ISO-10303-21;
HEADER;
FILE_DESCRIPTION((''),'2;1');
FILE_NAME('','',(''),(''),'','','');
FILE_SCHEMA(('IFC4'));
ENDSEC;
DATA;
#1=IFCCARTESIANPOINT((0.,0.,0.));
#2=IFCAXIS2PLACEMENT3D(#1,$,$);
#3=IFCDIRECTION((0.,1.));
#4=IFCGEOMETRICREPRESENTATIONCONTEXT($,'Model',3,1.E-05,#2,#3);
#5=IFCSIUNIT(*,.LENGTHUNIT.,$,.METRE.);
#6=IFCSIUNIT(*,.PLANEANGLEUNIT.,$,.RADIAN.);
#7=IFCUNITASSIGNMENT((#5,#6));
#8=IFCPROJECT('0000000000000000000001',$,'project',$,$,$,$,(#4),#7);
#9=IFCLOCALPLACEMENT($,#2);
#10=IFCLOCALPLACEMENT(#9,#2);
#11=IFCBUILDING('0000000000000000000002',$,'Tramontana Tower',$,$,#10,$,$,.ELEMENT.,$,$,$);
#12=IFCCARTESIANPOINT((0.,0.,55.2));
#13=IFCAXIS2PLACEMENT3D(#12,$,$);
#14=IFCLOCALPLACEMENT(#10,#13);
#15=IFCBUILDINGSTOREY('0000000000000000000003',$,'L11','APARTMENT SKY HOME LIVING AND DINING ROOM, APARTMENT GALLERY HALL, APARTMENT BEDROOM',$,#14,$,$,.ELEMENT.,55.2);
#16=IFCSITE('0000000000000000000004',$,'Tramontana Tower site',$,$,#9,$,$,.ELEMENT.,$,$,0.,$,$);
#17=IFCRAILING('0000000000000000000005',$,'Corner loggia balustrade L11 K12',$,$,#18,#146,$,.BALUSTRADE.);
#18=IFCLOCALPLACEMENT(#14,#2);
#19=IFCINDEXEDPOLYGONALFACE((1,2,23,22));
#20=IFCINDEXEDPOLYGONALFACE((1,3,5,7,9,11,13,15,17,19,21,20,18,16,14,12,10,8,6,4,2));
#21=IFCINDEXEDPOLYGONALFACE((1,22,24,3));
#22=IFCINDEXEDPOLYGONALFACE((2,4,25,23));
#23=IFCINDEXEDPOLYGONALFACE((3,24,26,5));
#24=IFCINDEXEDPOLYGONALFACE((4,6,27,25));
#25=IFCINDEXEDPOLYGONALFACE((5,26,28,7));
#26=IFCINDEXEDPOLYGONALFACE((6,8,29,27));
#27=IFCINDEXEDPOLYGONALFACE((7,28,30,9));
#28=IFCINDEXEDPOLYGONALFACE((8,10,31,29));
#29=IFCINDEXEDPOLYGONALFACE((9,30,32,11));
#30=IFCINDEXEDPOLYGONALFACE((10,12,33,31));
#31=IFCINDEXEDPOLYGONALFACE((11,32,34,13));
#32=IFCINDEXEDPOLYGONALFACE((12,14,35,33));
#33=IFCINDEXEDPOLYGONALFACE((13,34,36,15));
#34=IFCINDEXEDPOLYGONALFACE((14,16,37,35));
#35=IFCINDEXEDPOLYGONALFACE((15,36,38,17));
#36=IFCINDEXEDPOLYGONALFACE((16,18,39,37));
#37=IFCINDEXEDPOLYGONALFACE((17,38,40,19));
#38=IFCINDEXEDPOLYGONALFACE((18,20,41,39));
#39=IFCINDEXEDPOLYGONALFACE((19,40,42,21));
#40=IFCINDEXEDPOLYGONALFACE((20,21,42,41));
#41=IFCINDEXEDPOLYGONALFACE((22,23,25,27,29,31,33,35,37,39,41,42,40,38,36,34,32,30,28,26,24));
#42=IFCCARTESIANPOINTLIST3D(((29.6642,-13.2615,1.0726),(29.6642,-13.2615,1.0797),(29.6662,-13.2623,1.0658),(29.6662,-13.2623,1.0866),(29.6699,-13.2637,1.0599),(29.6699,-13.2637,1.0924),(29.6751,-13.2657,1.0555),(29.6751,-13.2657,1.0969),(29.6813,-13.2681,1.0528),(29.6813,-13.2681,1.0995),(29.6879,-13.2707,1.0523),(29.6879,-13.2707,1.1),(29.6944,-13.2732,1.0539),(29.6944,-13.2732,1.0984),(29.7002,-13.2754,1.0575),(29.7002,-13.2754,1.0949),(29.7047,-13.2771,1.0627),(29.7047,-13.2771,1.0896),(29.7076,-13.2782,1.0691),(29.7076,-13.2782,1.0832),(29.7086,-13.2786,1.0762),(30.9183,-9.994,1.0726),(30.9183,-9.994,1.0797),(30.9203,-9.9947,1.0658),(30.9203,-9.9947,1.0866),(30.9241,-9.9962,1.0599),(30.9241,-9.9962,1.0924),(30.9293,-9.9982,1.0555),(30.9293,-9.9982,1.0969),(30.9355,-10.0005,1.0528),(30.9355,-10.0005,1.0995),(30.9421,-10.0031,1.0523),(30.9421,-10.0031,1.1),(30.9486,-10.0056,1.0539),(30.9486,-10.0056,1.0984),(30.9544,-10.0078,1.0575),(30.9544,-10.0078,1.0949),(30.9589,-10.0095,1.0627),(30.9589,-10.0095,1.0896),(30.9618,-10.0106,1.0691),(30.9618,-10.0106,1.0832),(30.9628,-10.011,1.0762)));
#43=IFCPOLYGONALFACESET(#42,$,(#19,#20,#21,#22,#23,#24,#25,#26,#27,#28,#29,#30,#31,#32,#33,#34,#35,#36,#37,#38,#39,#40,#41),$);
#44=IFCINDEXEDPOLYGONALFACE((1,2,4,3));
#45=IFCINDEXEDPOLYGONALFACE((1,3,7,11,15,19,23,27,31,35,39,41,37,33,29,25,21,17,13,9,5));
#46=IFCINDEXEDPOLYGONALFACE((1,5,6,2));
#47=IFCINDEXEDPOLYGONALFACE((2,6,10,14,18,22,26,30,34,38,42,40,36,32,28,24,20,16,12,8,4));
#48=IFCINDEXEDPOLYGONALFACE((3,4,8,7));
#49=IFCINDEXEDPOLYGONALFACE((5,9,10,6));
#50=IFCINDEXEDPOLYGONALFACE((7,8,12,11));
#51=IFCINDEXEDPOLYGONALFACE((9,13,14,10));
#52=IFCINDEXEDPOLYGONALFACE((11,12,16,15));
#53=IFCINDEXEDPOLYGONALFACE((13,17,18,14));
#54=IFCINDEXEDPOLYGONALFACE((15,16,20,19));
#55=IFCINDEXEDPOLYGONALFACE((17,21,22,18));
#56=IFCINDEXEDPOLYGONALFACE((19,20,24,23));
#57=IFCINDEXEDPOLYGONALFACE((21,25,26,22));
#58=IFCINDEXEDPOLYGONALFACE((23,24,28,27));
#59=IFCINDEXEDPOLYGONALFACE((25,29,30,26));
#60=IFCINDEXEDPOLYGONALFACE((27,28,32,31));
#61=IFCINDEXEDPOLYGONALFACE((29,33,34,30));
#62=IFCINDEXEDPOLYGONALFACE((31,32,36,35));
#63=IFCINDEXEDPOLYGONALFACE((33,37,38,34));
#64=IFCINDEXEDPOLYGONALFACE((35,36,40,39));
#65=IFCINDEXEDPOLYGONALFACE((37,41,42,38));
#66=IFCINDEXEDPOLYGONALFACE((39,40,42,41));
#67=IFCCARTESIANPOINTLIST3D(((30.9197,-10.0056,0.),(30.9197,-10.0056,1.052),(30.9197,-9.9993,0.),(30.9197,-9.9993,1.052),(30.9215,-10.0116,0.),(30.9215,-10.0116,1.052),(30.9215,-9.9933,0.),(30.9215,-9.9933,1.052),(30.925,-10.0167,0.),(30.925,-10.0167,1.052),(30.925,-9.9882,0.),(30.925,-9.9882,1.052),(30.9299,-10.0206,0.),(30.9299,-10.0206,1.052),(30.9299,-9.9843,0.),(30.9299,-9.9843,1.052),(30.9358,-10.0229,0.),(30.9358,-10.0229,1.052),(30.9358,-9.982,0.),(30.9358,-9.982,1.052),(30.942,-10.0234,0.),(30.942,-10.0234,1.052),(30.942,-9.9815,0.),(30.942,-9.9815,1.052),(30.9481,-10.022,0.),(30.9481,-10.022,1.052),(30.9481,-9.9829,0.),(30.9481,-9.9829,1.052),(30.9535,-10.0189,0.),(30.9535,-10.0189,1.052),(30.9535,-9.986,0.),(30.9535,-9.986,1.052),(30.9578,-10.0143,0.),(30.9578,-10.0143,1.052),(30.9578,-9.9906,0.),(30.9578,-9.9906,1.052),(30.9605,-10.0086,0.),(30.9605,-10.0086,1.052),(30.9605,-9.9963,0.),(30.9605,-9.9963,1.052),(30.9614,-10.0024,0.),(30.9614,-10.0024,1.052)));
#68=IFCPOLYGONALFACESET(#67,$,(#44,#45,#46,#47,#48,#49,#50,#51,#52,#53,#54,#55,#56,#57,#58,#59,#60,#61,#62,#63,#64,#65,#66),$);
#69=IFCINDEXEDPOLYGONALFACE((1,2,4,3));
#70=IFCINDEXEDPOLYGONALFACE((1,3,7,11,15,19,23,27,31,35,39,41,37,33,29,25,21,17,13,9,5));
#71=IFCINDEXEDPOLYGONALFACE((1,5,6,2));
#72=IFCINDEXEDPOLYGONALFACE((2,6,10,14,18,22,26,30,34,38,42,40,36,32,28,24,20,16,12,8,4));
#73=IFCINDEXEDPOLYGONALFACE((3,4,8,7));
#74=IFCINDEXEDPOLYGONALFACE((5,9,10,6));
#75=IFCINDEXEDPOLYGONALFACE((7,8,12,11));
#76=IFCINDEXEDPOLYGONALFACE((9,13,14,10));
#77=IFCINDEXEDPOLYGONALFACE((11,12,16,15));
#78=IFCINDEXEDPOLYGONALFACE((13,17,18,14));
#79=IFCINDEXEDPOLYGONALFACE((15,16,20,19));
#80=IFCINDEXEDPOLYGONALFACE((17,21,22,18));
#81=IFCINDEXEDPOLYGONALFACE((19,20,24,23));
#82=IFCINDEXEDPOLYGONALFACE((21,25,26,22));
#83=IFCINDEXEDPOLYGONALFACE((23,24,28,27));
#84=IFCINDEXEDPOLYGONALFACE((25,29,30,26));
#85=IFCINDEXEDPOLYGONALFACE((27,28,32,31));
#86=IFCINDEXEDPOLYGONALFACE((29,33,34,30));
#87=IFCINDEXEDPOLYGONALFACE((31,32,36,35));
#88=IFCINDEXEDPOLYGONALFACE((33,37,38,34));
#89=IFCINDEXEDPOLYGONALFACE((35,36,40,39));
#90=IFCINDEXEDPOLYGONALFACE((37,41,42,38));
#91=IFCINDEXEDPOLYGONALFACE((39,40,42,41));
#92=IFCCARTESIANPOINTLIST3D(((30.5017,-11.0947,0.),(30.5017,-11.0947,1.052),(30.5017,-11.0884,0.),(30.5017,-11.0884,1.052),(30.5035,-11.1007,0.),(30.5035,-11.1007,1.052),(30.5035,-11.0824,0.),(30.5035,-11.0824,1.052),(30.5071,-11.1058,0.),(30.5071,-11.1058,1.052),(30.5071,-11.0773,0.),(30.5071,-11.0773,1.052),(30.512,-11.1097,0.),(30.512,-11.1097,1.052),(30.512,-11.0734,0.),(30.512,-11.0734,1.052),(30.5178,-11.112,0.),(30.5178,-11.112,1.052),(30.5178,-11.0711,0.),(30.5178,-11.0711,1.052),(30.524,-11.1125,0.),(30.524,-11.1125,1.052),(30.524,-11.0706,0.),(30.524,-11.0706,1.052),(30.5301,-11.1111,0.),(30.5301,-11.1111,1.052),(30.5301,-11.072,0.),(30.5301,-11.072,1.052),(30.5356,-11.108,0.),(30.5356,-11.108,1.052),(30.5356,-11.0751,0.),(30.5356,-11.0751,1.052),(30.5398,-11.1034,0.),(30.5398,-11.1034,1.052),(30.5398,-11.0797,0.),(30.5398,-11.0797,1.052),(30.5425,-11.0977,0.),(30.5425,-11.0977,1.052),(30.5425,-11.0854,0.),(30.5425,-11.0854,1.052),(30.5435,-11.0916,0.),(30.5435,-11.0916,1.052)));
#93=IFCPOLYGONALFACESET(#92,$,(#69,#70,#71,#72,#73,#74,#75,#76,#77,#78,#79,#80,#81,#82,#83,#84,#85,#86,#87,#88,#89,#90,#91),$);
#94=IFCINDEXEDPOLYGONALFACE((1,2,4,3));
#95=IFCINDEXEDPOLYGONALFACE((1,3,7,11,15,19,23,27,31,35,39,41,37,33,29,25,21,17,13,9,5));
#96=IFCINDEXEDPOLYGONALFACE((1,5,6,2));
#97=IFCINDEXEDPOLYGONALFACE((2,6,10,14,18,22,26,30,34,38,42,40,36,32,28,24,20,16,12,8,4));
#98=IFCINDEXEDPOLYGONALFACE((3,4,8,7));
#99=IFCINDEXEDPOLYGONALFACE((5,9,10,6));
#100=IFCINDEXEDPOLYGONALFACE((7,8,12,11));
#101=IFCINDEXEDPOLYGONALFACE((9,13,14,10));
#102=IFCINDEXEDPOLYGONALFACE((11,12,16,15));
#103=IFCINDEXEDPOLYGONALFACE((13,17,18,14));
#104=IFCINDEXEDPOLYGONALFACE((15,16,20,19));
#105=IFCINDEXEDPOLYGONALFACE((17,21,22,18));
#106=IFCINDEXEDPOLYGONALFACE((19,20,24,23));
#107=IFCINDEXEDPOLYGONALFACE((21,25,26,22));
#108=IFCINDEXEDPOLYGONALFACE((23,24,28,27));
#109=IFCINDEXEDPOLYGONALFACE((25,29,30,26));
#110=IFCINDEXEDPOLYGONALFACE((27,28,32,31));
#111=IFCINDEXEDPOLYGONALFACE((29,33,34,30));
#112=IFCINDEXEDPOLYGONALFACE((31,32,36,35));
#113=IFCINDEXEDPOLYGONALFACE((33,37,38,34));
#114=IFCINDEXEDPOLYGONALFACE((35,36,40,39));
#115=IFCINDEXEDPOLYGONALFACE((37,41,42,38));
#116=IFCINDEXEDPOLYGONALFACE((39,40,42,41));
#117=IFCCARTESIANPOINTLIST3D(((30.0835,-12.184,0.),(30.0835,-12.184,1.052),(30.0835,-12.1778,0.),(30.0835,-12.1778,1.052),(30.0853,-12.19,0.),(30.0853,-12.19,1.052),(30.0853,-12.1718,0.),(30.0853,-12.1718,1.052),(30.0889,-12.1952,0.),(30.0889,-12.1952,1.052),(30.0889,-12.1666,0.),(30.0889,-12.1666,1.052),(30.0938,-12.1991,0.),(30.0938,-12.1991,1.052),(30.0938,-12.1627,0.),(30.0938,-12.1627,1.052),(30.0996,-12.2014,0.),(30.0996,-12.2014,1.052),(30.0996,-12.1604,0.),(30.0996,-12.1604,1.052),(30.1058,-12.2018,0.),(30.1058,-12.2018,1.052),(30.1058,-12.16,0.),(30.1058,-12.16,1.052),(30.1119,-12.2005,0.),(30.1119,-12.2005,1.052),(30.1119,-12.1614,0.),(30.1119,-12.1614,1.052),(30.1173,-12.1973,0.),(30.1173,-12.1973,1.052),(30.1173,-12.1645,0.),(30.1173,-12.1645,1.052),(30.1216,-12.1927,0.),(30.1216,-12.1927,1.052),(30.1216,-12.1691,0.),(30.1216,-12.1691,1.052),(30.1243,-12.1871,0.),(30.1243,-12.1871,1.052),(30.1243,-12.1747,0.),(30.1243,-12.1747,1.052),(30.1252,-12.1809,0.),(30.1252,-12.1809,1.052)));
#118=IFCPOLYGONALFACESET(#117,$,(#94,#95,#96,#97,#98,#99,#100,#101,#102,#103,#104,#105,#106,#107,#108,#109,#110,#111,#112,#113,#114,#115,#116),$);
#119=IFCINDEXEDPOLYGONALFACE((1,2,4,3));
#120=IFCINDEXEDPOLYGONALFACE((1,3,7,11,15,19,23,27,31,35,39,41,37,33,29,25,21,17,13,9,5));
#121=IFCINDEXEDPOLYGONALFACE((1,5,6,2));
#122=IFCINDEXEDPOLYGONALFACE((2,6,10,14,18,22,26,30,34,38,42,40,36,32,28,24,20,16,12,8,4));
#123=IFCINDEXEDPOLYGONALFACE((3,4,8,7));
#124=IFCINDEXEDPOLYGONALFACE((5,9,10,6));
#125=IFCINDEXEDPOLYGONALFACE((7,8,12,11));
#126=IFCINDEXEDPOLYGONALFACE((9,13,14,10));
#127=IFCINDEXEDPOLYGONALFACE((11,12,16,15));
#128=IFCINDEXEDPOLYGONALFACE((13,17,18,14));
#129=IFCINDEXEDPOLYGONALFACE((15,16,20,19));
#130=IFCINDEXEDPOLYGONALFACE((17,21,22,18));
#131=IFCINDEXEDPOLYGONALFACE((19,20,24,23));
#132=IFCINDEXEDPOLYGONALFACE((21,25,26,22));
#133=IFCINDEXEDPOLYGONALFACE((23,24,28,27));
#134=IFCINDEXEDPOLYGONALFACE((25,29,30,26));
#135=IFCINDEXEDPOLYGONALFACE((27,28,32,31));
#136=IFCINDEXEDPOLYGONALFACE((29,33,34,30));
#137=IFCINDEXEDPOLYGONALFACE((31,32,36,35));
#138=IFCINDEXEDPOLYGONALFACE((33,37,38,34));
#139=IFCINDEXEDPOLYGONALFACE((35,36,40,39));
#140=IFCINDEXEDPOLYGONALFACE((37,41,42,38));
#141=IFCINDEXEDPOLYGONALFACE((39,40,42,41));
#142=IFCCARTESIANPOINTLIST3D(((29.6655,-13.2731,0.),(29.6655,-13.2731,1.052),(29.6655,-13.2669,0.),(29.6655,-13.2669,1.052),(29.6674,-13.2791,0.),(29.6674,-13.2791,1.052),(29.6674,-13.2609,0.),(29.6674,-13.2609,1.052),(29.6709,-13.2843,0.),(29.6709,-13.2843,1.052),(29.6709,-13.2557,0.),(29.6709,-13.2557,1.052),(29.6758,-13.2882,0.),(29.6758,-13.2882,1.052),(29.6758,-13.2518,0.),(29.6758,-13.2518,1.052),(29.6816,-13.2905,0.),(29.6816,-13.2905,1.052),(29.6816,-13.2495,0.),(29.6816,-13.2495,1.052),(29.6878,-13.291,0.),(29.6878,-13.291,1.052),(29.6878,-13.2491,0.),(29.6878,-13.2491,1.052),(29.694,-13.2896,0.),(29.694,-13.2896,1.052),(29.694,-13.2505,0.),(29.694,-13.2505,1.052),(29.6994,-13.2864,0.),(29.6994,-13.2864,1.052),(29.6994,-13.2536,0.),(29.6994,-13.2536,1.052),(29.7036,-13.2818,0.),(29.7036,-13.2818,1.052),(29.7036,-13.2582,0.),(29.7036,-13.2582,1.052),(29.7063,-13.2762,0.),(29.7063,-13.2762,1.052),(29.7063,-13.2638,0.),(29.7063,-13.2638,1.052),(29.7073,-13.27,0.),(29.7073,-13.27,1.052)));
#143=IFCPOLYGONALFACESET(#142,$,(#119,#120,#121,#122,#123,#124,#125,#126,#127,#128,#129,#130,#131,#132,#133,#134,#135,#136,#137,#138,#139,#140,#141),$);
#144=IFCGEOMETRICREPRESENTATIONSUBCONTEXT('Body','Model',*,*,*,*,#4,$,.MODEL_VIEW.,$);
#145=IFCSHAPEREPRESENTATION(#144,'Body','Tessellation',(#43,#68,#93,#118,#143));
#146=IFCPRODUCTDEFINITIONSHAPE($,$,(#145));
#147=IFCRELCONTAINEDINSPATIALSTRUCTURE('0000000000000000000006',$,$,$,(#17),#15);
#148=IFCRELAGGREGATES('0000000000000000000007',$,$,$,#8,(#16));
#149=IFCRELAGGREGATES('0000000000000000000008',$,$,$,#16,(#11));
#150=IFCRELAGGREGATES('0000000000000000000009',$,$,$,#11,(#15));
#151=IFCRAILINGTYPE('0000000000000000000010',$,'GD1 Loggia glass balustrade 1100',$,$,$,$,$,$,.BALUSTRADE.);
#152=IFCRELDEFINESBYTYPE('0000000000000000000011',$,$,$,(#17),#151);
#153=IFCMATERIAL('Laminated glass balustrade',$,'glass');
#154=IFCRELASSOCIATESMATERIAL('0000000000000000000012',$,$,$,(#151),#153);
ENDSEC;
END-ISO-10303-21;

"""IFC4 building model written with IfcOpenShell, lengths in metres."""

from ifc_helpers import new_model, si_unit, direction, frame, origin, origin_2d, place, context, subcontext, project, spatial, circle, extrude, material, type_object, element, save


model = new_model("IFC4")

# Units and contexts
model_context = context("Model", 3, precision=1e-05, world=origin(), true_north=direction((0.0, 1.0)))
body_context = subcontext(model_context, "Body", "Model", "MODEL_VIEW")
ifc_project = project(units=[si_unit("LENGTHUNIT", "METRE"), si_unit("PLANEANGLEUNIT", "RADIAN")], contexts=[model_context])

# Site, building, storey
site_placement = place(None, origin())
site = spatial("IfcSite", under=ifc_project, at=site_placement, Name="Tramontana Tower site", CompositionType="ELEMENT", RefElevation=0.0)
building_placement = place(site_placement, origin())
building = spatial("IfcBuilding", under=site, at=building_placement, Name="Tramontana Tower", CompositionType="ELEMENT")
storey_placement = place(building_placement, frame((0.0, 0.0, 55.2)))
storey = spatial("IfcBuildingStorey", under=building, at=storey_placement, Name="L11", Description="APARTMENT SKY HOME LIVING AND DINING ROOM, APARTMENT GALLERY HALL, APARTMENT BEDROOM", CompositionType="ELEMENT", Elevation=55.2)

# Railing
ifc_material_1 = material(Name="Laminated glass balustrade", Category="glass")
railing_type = type_object("IfcRailingType", Name="GD1 Loggia glass balustrade 1100", PredefinedType="BALUSTRADE", material=ifc_material_1)
railing_1_placement = place(storey_placement, frame((30.9404, -10.0024, 0.0)))
element("IfcRailing", 1, at=railing_1_placement, inside=storey, type_object=railing_type, Name="Corner loggia balustrade L11 K12", PredefinedType="BALUSTRADE", context=body_context, shape_type="SweptSolid", body=[
    extrude(circle(Radius=0.0239, at=origin_2d()), frame((0.0, 0.0, 1.0762), z_axis=(-0.358329, -0.933595, 0.0), x_axis=(0.933595, -0.358329, 0.0)), (0.0, 0.0, 1.0), 3.5),
    extrude(circle(Radius=0.021, at=origin_2d()), origin(), (0.0, 0.0, 1.0), 1.052),
    extrude(circle(Radius=0.021, at=origin_2d()), frame((-0.418, -1.0891, 0.0)), (0.0, 0.0, 1.0), 1.052),
    extrude(circle(Radius=0.021, at=origin_2d()), frame((-0.8362, -2.1785, 0.0)), (0.0, 0.0, 1.0), 1.052),
    extrude(circle(Radius=0.021, at=origin_2d()), frame((-1.2542, -3.2676, 0.0)), (0.0, 0.0, 1.0), 1.052),
])

save(model, "model.ifc")
